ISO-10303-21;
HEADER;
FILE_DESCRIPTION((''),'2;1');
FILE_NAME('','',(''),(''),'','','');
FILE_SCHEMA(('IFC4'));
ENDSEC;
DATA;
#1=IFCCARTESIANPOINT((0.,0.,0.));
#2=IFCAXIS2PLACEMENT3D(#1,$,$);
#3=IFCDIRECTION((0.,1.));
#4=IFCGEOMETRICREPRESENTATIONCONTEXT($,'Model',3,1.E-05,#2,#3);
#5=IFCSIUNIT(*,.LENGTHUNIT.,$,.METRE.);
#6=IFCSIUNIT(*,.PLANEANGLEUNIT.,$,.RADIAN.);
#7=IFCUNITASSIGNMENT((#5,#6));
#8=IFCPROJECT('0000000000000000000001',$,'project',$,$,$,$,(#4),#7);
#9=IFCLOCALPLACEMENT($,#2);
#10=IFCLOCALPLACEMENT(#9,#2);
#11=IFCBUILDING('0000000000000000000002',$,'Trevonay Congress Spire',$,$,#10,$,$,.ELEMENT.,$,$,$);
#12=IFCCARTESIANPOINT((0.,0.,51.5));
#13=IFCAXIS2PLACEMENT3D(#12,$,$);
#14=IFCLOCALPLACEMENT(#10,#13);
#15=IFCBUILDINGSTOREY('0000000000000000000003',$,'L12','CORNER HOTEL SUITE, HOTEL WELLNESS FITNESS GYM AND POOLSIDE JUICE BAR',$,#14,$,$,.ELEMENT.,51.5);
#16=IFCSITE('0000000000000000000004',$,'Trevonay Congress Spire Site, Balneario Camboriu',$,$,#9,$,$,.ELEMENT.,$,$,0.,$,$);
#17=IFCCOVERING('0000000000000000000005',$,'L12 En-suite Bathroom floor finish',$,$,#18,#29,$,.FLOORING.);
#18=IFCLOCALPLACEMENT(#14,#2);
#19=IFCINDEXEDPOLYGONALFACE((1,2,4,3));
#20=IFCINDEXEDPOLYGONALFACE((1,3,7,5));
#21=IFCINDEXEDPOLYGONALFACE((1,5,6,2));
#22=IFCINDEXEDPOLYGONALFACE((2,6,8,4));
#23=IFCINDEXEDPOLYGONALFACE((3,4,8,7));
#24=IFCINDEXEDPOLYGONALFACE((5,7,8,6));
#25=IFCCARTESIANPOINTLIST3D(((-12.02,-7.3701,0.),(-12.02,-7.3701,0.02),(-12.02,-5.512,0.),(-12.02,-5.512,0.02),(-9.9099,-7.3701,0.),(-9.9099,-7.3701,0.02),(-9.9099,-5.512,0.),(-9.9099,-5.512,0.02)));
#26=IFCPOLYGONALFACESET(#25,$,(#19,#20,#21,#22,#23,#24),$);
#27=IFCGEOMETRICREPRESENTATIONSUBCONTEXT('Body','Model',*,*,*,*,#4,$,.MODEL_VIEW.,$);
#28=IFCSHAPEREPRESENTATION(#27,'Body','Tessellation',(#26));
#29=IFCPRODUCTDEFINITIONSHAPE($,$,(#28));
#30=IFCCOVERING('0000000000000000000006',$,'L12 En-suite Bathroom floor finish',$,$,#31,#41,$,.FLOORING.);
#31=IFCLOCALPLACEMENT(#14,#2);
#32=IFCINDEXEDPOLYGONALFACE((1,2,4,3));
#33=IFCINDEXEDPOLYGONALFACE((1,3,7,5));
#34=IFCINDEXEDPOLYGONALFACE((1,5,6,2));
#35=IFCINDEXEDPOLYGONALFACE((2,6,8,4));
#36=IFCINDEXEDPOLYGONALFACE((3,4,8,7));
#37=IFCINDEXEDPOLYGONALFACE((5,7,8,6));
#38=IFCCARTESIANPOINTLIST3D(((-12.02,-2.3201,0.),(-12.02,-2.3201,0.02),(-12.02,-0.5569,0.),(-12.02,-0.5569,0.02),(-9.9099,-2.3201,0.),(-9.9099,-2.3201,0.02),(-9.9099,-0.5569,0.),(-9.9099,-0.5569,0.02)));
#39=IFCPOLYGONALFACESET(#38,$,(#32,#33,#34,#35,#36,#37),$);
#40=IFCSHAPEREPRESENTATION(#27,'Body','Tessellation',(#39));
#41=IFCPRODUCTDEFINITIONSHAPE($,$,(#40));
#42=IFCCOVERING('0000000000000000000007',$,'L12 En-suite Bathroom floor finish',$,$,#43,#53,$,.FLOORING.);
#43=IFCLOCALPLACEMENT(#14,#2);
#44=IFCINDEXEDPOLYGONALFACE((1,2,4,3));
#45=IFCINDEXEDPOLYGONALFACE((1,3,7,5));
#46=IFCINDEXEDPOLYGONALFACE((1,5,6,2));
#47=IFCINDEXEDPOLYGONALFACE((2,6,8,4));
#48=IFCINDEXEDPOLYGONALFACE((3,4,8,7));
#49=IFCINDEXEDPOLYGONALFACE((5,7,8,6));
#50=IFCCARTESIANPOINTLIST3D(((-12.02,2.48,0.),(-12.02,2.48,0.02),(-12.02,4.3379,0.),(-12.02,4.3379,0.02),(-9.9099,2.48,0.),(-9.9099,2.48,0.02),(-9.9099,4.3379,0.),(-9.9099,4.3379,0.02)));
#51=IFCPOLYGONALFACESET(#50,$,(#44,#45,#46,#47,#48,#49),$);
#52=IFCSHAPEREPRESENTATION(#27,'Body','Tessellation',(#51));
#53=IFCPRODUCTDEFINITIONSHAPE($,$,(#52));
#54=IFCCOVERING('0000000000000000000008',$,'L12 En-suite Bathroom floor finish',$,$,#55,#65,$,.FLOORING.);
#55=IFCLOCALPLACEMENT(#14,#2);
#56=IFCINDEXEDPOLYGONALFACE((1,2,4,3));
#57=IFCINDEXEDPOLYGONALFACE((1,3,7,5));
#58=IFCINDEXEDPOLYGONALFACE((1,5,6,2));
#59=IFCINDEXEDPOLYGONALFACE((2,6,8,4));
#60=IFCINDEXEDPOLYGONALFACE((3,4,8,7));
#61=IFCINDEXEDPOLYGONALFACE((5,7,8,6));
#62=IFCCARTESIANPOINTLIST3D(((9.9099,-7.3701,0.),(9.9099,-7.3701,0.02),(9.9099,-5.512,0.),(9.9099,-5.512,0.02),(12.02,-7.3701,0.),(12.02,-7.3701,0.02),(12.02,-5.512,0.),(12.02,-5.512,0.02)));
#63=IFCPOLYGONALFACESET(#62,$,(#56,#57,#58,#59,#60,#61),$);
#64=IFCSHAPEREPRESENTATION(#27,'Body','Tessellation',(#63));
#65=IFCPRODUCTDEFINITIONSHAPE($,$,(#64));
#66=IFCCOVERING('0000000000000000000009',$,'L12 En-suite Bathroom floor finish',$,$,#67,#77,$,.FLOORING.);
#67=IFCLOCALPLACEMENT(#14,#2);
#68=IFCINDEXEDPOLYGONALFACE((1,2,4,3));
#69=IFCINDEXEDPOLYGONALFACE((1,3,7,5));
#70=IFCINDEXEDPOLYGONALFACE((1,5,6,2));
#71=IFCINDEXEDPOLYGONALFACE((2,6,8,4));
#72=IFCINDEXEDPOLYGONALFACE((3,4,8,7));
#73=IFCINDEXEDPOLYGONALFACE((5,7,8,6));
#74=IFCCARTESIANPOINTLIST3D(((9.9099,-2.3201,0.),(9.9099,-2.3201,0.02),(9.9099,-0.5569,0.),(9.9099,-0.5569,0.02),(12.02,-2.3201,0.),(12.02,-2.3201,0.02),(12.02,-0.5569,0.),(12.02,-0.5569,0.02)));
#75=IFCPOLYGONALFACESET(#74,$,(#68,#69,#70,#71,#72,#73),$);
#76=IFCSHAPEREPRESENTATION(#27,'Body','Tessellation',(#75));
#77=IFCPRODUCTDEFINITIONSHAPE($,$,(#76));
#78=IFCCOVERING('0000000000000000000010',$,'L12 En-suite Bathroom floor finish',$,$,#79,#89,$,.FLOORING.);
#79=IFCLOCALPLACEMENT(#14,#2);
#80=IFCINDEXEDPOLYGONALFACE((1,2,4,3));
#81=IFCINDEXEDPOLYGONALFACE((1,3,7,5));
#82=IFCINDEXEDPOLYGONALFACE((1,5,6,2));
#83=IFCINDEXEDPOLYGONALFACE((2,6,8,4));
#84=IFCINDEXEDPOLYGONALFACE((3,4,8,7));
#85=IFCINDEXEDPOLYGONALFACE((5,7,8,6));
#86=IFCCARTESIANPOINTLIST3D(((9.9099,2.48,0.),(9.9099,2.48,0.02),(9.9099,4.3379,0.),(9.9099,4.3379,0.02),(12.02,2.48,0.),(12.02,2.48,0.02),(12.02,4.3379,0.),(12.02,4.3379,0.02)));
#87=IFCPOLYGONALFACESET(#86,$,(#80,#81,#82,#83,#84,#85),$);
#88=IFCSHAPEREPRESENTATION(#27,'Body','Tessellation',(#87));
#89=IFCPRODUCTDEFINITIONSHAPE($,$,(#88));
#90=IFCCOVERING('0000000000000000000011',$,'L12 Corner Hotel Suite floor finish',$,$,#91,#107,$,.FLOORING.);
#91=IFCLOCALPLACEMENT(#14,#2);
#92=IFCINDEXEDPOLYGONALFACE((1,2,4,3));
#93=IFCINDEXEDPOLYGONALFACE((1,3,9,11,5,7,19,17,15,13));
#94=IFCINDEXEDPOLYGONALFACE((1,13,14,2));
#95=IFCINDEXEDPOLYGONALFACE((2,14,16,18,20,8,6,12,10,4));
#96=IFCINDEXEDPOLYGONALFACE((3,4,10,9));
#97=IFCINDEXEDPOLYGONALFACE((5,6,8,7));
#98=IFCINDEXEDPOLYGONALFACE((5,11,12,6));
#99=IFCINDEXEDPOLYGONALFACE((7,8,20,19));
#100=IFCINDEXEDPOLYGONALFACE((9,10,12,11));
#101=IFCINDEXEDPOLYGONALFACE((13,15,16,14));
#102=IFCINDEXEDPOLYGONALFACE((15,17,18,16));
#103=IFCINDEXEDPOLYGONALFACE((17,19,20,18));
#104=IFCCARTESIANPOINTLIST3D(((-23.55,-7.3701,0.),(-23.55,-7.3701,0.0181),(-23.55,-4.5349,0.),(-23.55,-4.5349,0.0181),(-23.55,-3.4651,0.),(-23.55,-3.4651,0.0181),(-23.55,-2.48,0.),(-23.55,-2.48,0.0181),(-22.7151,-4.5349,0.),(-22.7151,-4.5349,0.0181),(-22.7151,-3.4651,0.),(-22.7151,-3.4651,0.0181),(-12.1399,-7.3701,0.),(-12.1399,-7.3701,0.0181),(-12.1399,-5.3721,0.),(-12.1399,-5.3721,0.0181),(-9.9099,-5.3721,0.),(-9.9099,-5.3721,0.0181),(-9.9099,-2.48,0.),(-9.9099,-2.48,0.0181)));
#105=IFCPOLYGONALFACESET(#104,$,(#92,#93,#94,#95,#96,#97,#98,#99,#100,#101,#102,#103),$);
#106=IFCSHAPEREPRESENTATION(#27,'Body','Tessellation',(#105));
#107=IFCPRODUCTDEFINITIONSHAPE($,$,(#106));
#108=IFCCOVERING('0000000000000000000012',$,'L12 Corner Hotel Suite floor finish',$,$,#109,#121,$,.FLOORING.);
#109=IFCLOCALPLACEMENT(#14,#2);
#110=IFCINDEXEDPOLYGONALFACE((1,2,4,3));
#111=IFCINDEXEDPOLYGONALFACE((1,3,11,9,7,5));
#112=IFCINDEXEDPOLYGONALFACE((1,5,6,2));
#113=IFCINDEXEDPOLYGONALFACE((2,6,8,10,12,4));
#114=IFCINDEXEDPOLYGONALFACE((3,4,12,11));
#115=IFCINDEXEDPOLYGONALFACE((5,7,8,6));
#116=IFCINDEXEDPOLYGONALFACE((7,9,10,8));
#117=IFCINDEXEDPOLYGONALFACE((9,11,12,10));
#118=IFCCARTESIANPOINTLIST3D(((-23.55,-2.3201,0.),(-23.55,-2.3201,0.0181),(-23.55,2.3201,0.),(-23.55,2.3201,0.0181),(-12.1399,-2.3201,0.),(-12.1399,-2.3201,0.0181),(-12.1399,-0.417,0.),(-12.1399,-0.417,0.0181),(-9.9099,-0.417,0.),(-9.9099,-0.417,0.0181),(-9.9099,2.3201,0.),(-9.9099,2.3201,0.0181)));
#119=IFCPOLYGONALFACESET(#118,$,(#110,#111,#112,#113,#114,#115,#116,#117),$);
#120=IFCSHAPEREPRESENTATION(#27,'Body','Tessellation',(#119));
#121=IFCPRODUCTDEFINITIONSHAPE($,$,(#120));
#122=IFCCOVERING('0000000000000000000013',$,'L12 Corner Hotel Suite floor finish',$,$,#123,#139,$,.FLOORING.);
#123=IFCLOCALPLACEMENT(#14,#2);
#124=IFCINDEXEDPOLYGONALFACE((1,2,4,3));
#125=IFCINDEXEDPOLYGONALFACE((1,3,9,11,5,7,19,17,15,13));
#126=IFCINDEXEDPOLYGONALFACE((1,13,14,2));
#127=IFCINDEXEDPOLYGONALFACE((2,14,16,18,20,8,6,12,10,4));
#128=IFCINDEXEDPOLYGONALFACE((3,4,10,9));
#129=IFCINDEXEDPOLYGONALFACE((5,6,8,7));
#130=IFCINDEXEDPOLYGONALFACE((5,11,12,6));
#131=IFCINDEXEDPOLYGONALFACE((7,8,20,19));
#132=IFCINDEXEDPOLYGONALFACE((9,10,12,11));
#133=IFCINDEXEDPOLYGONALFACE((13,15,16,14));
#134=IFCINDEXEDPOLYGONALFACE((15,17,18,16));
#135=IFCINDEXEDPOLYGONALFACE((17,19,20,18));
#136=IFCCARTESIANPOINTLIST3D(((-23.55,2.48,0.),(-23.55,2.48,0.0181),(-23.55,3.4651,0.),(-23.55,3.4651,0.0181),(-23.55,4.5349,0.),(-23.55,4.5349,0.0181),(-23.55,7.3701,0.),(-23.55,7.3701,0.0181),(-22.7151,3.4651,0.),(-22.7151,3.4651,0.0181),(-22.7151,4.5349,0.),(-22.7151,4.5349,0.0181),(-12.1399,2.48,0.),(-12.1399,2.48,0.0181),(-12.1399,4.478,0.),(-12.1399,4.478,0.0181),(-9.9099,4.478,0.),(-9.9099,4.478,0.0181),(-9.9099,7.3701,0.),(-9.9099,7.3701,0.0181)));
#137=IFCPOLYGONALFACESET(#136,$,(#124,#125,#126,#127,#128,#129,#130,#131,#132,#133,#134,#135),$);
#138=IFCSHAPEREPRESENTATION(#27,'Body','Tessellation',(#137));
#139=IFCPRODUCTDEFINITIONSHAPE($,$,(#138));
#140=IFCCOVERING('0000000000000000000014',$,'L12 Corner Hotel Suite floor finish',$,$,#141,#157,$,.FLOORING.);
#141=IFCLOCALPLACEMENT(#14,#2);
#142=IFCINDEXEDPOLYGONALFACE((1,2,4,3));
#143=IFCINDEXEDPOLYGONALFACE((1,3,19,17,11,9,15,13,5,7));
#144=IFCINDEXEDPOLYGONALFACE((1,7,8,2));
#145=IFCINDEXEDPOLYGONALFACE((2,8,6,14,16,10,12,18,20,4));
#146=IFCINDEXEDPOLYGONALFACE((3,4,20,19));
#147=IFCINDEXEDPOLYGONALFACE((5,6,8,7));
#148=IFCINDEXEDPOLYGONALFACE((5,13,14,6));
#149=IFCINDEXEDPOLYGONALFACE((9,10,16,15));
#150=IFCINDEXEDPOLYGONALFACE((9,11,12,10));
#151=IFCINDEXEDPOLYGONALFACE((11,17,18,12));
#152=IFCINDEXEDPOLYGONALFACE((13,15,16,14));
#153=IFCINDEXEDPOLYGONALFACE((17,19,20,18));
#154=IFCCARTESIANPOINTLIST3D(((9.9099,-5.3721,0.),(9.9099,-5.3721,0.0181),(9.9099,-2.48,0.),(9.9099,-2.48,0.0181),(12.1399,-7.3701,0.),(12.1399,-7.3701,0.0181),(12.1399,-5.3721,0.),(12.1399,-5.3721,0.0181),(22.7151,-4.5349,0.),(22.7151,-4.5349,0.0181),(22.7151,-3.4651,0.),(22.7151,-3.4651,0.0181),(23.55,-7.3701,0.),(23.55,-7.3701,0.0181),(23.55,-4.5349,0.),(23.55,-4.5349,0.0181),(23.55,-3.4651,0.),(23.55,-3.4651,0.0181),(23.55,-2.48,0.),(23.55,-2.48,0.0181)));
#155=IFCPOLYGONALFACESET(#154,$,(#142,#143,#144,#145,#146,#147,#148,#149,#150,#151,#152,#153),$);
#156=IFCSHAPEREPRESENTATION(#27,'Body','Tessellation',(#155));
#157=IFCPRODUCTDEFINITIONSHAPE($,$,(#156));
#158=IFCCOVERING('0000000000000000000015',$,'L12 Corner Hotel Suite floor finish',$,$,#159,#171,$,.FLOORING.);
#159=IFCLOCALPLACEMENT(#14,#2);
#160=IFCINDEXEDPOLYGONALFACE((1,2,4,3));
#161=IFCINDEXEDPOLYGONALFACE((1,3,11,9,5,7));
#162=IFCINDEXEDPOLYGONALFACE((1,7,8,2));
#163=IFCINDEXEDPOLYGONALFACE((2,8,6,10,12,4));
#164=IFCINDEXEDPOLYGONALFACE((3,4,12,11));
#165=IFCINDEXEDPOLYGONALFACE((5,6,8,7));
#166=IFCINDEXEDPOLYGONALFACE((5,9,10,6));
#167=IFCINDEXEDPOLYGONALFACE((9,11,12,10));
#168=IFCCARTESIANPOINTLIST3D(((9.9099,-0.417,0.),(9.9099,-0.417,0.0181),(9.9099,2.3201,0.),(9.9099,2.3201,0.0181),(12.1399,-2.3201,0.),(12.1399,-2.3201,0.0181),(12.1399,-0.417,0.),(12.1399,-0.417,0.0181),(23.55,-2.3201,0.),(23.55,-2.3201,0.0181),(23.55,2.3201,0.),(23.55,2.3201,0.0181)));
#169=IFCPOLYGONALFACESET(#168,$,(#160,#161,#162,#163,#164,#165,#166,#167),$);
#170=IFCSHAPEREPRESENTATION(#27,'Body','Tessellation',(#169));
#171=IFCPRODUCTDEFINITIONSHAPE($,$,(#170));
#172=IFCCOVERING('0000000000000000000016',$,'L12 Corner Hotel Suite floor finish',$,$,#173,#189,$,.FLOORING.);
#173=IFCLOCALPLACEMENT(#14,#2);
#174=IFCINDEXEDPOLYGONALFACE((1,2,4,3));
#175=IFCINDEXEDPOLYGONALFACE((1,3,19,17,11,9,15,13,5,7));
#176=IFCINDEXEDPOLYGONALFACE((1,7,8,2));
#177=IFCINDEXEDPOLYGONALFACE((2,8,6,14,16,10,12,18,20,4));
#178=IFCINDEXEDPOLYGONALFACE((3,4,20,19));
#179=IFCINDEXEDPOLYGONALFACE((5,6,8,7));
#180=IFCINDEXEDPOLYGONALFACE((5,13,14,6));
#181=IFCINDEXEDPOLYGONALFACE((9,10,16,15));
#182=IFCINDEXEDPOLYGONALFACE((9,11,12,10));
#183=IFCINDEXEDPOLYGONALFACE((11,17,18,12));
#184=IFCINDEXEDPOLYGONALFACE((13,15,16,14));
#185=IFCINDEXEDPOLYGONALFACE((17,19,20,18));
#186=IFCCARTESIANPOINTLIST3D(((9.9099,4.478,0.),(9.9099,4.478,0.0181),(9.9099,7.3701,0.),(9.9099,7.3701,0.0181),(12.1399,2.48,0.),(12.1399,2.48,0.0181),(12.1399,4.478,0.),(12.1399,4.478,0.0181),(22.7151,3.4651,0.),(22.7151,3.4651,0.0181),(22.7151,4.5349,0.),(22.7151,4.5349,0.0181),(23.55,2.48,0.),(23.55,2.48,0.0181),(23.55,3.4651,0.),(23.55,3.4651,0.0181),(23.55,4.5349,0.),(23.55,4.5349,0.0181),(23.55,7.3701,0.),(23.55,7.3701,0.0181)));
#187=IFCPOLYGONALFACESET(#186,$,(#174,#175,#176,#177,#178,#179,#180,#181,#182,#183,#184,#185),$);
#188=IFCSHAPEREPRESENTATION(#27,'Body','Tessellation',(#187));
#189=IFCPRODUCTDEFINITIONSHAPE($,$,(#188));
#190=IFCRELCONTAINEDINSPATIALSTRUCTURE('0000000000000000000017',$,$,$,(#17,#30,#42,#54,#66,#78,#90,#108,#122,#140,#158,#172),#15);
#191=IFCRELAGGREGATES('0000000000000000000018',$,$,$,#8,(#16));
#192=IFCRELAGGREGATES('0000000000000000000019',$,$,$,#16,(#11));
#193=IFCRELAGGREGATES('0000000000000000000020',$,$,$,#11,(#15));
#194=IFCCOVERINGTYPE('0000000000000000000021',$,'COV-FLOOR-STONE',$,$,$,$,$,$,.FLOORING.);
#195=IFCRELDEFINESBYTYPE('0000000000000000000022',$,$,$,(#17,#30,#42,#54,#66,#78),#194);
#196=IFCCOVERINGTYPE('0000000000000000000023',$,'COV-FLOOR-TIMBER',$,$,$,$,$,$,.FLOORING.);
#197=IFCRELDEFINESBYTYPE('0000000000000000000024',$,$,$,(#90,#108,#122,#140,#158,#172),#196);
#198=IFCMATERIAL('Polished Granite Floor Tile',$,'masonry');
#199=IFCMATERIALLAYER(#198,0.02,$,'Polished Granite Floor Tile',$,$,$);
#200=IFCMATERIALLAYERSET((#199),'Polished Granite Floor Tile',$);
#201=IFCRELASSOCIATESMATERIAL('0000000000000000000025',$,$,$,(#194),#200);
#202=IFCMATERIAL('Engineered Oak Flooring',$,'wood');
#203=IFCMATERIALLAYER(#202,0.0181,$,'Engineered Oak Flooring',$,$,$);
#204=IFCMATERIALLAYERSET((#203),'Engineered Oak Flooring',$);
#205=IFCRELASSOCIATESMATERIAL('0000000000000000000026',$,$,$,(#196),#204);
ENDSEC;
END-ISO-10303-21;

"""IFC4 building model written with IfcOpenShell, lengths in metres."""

from ifc_helpers import new_model, si_unit, direction, frame, origin, place, context, subcontext, project, spatial, polyline, outline, extrude, material, layer, layer_set, type_object, element, save


model = new_model("IFC4")

# Units and contexts
model_context = context("Model", 3, precision=1e-05, world=origin(), true_north=direction((0.0, 1.0)))
body_context = subcontext(model_context, "Body", "Model", "MODEL_VIEW")
ifc_project = project(units=[si_unit("LENGTHUNIT", "METRE"), si_unit("PLANEANGLEUNIT", "RADIAN")], contexts=[model_context])

# Site, building, storey
site_placement = place(None, origin())
site = spatial("IfcSite", under=ifc_project, at=site_placement, Name="Trevonay Congress Spire Site, Balneario Camboriu", CompositionType="ELEMENT", RefElevation=0.0)
building_placement = place(site_placement, origin())
building = spatial("IfcBuilding", under=site, at=building_placement, Name="Trevonay Congress Spire", CompositionType="ELEMENT")
storey_placement = place(building_placement, frame((0.0, 0.0, 51.5)))
storey = spatial("IfcBuildingStorey", under=building, at=storey_placement, Name="L12", Description="CORNER HOTEL SUITE, HOTEL WELLNESS FITNESS GYM AND POOLSIDE JUICE BAR", CompositionType="ELEMENT", Elevation=51.5)

# Coverings
ifc_material_1 = material(Name="Polished Granite Floor Tile", Category="masonry")
ifc_layer_1 = layer(ifc_material_1, 0.02, Name="Polished Granite Floor Tile")
ifc_layer_set_1 = layer_set([ifc_layer_1], Name="Polished Granite Floor Tile")
covering_type_1 = type_object("IfcCoveringType", Name="COV-FLOOR-STONE", PredefinedType="FLOORING", material=ifc_layer_set_1)
covering_1_placement = place(storey_placement, origin())
element("IfcCovering", 1, at=covering_1_placement, inside=storey, type_object=covering_type_1, Name="L12 En-suite Bathroom floor finish", PredefinedType="FLOORING", context=body_context, shape_type="SweptSolid", body=[
    extrude(outline(polyline([(-12.02, -7.3701), (-9.9099, -7.3701), (-9.9099, -5.512), (-12.02, -5.512), (-12.02, -7.3701)])), origin(), (0.0, 0.0, 1.0), 0.02),
])
covering_2_placement = place(storey_placement, origin())
element("IfcCovering", 2, at=covering_2_placement, inside=storey, type_object=covering_type_1, Name="L12 En-suite Bathroom floor finish", PredefinedType="FLOORING", context=body_context, shape_type="SweptSolid", body=[
    extrude(outline(polyline([(-12.02, -2.3201), (-9.9099, -2.3201), (-9.9099, -0.5569), (-12.02, -0.5569), (-12.02, -2.3201)])), origin(), (0.0, 0.0, 1.0), 0.02),
])
covering_3_placement = place(storey_placement, origin())
element("IfcCovering", 3, at=covering_3_placement, inside=storey, type_object=covering_type_1, Name="L12 En-suite Bathroom floor finish", PredefinedType="FLOORING", context=body_context, shape_type="SweptSolid", body=[
    extrude(outline(polyline([(-12.02, 2.48), (-9.9099, 2.48), (-9.9099, 4.3379), (-12.02, 4.3379), (-12.02, 2.48)])), origin(), (0.0, 0.0, 1.0), 0.02),
])
covering_4_placement = place(storey_placement, origin())
element("IfcCovering", 4, at=covering_4_placement, inside=storey, type_object=covering_type_1, Name="L12 En-suite Bathroom floor finish", PredefinedType="FLOORING", context=body_context, shape_type="SweptSolid", body=[
    extrude(outline(polyline([(9.9099, -7.3701), (12.02, -7.3701), (12.02, -5.512), (9.9099, -5.512), (9.9099, -7.3701)])), origin(), (0.0, 0.0, 1.0), 0.02),
])
covering_5_placement = place(storey_placement, origin())
element("IfcCovering", 5, at=covering_5_placement, inside=storey, type_object=covering_type_1, Name="L12 En-suite Bathroom floor finish", PredefinedType="FLOORING", context=body_context, shape_type="SweptSolid", body=[
    extrude(outline(polyline([(9.9099, -2.3201), (12.02, -2.3201), (12.02, -0.5569), (9.9099, -0.5569), (9.9099, -2.3201)])), origin(), (0.0, 0.0, 1.0), 0.02),
])
covering_6_placement = place(storey_placement, origin())
element("IfcCovering", 6, at=covering_6_placement, inside=storey, type_object=covering_type_1, Name="L12 En-suite Bathroom floor finish", PredefinedType="FLOORING", context=body_context, shape_type="SweptSolid", body=[
    extrude(outline(polyline([(9.9099, 2.48), (12.02, 2.48), (12.02, 4.3379), (9.9099, 4.3379), (9.9099, 2.48)])), origin(), (0.0, 0.0, 1.0), 0.02),
])
ifc_material_2 = material(Name="Engineered Oak Flooring", Category="wood")
ifc_layer_2 = layer(ifc_material_2, 0.0181, Name="Engineered Oak Flooring")
ifc_layer_set_2 = layer_set([ifc_layer_2], Name="Engineered Oak Flooring")
covering_type_2 = type_object("IfcCoveringType", Name="COV-FLOOR-TIMBER", PredefinedType="FLOORING", material=ifc_layer_set_2)
covering_7_placement = place(storey_placement, origin())
element("IfcCovering", 7, at=covering_7_placement, inside=storey, type_object=covering_type_2, Name="L12 Corner Hotel Suite floor finish", PredefinedType="FLOORING", context=body_context, shape_type="SweptSolid", body=[
    extrude(outline(polyline([(-23.55, -4.5349), (-22.7151, -4.5349), (-22.7151, -3.4651), (-23.55, -3.4651), (-23.55, -2.48), (-9.9099, -2.48), (-9.9099, -5.3721), (-12.1399, -5.3721), (-12.1399, -7.3701), (-23.55, -7.3701), (-23.55, -4.5349)])), origin(), (0.0, 0.0, 1.0), 0.0181),
])
covering_8_placement = place(storey_placement, origin())
element("IfcCovering", 8, at=covering_8_placement, inside=storey, type_object=covering_type_2, Name="L12 Corner Hotel Suite floor finish", PredefinedType="FLOORING", context=body_context, shape_type="SweptSolid", body=[
    extrude(outline(polyline([(-23.55, -2.3201), (-23.55, 2.3201), (-9.9099, 2.3201), (-9.9099, -0.417), (-12.1399, -0.417), (-12.1399, -2.3201), (-23.55, -2.3201)])), origin(), (0.0, 0.0, 1.0), 0.0181),
])
covering_9_placement = place(storey_placement, origin())
element("IfcCovering", 9, at=covering_9_placement, inside=storey, type_object=covering_type_2, Name="L12 Corner Hotel Suite floor finish", PredefinedType="FLOORING", context=body_context, shape_type="SweptSolid", body=[
    extrude(outline(polyline([(-23.55, 3.4651), (-22.7151, 3.4651), (-22.7151, 4.5349), (-23.55, 4.5349), (-23.55, 7.3701), (-9.9099, 7.3701), (-9.9099, 4.478), (-12.1399, 4.478), (-12.1399, 2.48), (-23.55, 2.48), (-23.55, 3.4651)])), origin(), (0.0, 0.0, 1.0), 0.0181),
])
covering_10_placement = place(storey_placement, origin())
element("IfcCovering", 10, at=covering_10_placement, inside=storey, type_object=covering_type_2, Name="L12 Corner Hotel Suite floor finish", PredefinedType="FLOORING", context=body_context, shape_type="SweptSolid", body=[
    extrude(outline(polyline([(9.9099, -2.48), (23.55, -2.48), (23.55, -3.4651), (22.7151, -3.4651), (22.7151, -4.5349), (23.55, -4.5349), (23.55, -7.3701), (12.1399, -7.3701), (12.1399, -5.3721), (9.9099, -5.3721), (9.9099, -2.48)])), origin(), (0.0, 0.0, 1.0), 0.0181),
])
covering_11_placement = place(storey_placement, origin())
element("IfcCovering", 11, at=covering_11_placement, inside=storey, type_object=covering_type_2, Name="L12 Corner Hotel Suite floor finish", PredefinedType="FLOORING", context=body_context, shape_type="SweptSolid", body=[
    extrude(outline(polyline([(9.9099, -0.417), (9.9099, 2.3201), (23.55, 2.3201), (23.55, -2.3201), (12.1399, -2.3201), (12.1399, -0.417), (9.9099, -0.417)])), origin(), (0.0, 0.0, 1.0), 0.0181),
])
covering_12_placement = place(storey_placement, origin())
element("IfcCovering", 12, at=covering_12_placement, inside=storey, type_object=covering_type_2, Name="L12 Corner Hotel Suite floor finish", PredefinedType="FLOORING", context=body_context, shape_type="SweptSolid", body=[
    extrude(outline(polyline([(9.9099, 7.3701), (23.55, 7.3701), (23.55, 4.5349), (22.7151, 4.5349), (22.7151, 3.4651), (23.55, 3.4651), (23.55, 2.48), (12.1399, 2.48), (12.1399, 4.478), (9.9099, 4.478), (9.9099, 7.3701)])), origin(), (0.0, 0.0, 1.0), 0.0181),
])

save(model, "model.ifc")
